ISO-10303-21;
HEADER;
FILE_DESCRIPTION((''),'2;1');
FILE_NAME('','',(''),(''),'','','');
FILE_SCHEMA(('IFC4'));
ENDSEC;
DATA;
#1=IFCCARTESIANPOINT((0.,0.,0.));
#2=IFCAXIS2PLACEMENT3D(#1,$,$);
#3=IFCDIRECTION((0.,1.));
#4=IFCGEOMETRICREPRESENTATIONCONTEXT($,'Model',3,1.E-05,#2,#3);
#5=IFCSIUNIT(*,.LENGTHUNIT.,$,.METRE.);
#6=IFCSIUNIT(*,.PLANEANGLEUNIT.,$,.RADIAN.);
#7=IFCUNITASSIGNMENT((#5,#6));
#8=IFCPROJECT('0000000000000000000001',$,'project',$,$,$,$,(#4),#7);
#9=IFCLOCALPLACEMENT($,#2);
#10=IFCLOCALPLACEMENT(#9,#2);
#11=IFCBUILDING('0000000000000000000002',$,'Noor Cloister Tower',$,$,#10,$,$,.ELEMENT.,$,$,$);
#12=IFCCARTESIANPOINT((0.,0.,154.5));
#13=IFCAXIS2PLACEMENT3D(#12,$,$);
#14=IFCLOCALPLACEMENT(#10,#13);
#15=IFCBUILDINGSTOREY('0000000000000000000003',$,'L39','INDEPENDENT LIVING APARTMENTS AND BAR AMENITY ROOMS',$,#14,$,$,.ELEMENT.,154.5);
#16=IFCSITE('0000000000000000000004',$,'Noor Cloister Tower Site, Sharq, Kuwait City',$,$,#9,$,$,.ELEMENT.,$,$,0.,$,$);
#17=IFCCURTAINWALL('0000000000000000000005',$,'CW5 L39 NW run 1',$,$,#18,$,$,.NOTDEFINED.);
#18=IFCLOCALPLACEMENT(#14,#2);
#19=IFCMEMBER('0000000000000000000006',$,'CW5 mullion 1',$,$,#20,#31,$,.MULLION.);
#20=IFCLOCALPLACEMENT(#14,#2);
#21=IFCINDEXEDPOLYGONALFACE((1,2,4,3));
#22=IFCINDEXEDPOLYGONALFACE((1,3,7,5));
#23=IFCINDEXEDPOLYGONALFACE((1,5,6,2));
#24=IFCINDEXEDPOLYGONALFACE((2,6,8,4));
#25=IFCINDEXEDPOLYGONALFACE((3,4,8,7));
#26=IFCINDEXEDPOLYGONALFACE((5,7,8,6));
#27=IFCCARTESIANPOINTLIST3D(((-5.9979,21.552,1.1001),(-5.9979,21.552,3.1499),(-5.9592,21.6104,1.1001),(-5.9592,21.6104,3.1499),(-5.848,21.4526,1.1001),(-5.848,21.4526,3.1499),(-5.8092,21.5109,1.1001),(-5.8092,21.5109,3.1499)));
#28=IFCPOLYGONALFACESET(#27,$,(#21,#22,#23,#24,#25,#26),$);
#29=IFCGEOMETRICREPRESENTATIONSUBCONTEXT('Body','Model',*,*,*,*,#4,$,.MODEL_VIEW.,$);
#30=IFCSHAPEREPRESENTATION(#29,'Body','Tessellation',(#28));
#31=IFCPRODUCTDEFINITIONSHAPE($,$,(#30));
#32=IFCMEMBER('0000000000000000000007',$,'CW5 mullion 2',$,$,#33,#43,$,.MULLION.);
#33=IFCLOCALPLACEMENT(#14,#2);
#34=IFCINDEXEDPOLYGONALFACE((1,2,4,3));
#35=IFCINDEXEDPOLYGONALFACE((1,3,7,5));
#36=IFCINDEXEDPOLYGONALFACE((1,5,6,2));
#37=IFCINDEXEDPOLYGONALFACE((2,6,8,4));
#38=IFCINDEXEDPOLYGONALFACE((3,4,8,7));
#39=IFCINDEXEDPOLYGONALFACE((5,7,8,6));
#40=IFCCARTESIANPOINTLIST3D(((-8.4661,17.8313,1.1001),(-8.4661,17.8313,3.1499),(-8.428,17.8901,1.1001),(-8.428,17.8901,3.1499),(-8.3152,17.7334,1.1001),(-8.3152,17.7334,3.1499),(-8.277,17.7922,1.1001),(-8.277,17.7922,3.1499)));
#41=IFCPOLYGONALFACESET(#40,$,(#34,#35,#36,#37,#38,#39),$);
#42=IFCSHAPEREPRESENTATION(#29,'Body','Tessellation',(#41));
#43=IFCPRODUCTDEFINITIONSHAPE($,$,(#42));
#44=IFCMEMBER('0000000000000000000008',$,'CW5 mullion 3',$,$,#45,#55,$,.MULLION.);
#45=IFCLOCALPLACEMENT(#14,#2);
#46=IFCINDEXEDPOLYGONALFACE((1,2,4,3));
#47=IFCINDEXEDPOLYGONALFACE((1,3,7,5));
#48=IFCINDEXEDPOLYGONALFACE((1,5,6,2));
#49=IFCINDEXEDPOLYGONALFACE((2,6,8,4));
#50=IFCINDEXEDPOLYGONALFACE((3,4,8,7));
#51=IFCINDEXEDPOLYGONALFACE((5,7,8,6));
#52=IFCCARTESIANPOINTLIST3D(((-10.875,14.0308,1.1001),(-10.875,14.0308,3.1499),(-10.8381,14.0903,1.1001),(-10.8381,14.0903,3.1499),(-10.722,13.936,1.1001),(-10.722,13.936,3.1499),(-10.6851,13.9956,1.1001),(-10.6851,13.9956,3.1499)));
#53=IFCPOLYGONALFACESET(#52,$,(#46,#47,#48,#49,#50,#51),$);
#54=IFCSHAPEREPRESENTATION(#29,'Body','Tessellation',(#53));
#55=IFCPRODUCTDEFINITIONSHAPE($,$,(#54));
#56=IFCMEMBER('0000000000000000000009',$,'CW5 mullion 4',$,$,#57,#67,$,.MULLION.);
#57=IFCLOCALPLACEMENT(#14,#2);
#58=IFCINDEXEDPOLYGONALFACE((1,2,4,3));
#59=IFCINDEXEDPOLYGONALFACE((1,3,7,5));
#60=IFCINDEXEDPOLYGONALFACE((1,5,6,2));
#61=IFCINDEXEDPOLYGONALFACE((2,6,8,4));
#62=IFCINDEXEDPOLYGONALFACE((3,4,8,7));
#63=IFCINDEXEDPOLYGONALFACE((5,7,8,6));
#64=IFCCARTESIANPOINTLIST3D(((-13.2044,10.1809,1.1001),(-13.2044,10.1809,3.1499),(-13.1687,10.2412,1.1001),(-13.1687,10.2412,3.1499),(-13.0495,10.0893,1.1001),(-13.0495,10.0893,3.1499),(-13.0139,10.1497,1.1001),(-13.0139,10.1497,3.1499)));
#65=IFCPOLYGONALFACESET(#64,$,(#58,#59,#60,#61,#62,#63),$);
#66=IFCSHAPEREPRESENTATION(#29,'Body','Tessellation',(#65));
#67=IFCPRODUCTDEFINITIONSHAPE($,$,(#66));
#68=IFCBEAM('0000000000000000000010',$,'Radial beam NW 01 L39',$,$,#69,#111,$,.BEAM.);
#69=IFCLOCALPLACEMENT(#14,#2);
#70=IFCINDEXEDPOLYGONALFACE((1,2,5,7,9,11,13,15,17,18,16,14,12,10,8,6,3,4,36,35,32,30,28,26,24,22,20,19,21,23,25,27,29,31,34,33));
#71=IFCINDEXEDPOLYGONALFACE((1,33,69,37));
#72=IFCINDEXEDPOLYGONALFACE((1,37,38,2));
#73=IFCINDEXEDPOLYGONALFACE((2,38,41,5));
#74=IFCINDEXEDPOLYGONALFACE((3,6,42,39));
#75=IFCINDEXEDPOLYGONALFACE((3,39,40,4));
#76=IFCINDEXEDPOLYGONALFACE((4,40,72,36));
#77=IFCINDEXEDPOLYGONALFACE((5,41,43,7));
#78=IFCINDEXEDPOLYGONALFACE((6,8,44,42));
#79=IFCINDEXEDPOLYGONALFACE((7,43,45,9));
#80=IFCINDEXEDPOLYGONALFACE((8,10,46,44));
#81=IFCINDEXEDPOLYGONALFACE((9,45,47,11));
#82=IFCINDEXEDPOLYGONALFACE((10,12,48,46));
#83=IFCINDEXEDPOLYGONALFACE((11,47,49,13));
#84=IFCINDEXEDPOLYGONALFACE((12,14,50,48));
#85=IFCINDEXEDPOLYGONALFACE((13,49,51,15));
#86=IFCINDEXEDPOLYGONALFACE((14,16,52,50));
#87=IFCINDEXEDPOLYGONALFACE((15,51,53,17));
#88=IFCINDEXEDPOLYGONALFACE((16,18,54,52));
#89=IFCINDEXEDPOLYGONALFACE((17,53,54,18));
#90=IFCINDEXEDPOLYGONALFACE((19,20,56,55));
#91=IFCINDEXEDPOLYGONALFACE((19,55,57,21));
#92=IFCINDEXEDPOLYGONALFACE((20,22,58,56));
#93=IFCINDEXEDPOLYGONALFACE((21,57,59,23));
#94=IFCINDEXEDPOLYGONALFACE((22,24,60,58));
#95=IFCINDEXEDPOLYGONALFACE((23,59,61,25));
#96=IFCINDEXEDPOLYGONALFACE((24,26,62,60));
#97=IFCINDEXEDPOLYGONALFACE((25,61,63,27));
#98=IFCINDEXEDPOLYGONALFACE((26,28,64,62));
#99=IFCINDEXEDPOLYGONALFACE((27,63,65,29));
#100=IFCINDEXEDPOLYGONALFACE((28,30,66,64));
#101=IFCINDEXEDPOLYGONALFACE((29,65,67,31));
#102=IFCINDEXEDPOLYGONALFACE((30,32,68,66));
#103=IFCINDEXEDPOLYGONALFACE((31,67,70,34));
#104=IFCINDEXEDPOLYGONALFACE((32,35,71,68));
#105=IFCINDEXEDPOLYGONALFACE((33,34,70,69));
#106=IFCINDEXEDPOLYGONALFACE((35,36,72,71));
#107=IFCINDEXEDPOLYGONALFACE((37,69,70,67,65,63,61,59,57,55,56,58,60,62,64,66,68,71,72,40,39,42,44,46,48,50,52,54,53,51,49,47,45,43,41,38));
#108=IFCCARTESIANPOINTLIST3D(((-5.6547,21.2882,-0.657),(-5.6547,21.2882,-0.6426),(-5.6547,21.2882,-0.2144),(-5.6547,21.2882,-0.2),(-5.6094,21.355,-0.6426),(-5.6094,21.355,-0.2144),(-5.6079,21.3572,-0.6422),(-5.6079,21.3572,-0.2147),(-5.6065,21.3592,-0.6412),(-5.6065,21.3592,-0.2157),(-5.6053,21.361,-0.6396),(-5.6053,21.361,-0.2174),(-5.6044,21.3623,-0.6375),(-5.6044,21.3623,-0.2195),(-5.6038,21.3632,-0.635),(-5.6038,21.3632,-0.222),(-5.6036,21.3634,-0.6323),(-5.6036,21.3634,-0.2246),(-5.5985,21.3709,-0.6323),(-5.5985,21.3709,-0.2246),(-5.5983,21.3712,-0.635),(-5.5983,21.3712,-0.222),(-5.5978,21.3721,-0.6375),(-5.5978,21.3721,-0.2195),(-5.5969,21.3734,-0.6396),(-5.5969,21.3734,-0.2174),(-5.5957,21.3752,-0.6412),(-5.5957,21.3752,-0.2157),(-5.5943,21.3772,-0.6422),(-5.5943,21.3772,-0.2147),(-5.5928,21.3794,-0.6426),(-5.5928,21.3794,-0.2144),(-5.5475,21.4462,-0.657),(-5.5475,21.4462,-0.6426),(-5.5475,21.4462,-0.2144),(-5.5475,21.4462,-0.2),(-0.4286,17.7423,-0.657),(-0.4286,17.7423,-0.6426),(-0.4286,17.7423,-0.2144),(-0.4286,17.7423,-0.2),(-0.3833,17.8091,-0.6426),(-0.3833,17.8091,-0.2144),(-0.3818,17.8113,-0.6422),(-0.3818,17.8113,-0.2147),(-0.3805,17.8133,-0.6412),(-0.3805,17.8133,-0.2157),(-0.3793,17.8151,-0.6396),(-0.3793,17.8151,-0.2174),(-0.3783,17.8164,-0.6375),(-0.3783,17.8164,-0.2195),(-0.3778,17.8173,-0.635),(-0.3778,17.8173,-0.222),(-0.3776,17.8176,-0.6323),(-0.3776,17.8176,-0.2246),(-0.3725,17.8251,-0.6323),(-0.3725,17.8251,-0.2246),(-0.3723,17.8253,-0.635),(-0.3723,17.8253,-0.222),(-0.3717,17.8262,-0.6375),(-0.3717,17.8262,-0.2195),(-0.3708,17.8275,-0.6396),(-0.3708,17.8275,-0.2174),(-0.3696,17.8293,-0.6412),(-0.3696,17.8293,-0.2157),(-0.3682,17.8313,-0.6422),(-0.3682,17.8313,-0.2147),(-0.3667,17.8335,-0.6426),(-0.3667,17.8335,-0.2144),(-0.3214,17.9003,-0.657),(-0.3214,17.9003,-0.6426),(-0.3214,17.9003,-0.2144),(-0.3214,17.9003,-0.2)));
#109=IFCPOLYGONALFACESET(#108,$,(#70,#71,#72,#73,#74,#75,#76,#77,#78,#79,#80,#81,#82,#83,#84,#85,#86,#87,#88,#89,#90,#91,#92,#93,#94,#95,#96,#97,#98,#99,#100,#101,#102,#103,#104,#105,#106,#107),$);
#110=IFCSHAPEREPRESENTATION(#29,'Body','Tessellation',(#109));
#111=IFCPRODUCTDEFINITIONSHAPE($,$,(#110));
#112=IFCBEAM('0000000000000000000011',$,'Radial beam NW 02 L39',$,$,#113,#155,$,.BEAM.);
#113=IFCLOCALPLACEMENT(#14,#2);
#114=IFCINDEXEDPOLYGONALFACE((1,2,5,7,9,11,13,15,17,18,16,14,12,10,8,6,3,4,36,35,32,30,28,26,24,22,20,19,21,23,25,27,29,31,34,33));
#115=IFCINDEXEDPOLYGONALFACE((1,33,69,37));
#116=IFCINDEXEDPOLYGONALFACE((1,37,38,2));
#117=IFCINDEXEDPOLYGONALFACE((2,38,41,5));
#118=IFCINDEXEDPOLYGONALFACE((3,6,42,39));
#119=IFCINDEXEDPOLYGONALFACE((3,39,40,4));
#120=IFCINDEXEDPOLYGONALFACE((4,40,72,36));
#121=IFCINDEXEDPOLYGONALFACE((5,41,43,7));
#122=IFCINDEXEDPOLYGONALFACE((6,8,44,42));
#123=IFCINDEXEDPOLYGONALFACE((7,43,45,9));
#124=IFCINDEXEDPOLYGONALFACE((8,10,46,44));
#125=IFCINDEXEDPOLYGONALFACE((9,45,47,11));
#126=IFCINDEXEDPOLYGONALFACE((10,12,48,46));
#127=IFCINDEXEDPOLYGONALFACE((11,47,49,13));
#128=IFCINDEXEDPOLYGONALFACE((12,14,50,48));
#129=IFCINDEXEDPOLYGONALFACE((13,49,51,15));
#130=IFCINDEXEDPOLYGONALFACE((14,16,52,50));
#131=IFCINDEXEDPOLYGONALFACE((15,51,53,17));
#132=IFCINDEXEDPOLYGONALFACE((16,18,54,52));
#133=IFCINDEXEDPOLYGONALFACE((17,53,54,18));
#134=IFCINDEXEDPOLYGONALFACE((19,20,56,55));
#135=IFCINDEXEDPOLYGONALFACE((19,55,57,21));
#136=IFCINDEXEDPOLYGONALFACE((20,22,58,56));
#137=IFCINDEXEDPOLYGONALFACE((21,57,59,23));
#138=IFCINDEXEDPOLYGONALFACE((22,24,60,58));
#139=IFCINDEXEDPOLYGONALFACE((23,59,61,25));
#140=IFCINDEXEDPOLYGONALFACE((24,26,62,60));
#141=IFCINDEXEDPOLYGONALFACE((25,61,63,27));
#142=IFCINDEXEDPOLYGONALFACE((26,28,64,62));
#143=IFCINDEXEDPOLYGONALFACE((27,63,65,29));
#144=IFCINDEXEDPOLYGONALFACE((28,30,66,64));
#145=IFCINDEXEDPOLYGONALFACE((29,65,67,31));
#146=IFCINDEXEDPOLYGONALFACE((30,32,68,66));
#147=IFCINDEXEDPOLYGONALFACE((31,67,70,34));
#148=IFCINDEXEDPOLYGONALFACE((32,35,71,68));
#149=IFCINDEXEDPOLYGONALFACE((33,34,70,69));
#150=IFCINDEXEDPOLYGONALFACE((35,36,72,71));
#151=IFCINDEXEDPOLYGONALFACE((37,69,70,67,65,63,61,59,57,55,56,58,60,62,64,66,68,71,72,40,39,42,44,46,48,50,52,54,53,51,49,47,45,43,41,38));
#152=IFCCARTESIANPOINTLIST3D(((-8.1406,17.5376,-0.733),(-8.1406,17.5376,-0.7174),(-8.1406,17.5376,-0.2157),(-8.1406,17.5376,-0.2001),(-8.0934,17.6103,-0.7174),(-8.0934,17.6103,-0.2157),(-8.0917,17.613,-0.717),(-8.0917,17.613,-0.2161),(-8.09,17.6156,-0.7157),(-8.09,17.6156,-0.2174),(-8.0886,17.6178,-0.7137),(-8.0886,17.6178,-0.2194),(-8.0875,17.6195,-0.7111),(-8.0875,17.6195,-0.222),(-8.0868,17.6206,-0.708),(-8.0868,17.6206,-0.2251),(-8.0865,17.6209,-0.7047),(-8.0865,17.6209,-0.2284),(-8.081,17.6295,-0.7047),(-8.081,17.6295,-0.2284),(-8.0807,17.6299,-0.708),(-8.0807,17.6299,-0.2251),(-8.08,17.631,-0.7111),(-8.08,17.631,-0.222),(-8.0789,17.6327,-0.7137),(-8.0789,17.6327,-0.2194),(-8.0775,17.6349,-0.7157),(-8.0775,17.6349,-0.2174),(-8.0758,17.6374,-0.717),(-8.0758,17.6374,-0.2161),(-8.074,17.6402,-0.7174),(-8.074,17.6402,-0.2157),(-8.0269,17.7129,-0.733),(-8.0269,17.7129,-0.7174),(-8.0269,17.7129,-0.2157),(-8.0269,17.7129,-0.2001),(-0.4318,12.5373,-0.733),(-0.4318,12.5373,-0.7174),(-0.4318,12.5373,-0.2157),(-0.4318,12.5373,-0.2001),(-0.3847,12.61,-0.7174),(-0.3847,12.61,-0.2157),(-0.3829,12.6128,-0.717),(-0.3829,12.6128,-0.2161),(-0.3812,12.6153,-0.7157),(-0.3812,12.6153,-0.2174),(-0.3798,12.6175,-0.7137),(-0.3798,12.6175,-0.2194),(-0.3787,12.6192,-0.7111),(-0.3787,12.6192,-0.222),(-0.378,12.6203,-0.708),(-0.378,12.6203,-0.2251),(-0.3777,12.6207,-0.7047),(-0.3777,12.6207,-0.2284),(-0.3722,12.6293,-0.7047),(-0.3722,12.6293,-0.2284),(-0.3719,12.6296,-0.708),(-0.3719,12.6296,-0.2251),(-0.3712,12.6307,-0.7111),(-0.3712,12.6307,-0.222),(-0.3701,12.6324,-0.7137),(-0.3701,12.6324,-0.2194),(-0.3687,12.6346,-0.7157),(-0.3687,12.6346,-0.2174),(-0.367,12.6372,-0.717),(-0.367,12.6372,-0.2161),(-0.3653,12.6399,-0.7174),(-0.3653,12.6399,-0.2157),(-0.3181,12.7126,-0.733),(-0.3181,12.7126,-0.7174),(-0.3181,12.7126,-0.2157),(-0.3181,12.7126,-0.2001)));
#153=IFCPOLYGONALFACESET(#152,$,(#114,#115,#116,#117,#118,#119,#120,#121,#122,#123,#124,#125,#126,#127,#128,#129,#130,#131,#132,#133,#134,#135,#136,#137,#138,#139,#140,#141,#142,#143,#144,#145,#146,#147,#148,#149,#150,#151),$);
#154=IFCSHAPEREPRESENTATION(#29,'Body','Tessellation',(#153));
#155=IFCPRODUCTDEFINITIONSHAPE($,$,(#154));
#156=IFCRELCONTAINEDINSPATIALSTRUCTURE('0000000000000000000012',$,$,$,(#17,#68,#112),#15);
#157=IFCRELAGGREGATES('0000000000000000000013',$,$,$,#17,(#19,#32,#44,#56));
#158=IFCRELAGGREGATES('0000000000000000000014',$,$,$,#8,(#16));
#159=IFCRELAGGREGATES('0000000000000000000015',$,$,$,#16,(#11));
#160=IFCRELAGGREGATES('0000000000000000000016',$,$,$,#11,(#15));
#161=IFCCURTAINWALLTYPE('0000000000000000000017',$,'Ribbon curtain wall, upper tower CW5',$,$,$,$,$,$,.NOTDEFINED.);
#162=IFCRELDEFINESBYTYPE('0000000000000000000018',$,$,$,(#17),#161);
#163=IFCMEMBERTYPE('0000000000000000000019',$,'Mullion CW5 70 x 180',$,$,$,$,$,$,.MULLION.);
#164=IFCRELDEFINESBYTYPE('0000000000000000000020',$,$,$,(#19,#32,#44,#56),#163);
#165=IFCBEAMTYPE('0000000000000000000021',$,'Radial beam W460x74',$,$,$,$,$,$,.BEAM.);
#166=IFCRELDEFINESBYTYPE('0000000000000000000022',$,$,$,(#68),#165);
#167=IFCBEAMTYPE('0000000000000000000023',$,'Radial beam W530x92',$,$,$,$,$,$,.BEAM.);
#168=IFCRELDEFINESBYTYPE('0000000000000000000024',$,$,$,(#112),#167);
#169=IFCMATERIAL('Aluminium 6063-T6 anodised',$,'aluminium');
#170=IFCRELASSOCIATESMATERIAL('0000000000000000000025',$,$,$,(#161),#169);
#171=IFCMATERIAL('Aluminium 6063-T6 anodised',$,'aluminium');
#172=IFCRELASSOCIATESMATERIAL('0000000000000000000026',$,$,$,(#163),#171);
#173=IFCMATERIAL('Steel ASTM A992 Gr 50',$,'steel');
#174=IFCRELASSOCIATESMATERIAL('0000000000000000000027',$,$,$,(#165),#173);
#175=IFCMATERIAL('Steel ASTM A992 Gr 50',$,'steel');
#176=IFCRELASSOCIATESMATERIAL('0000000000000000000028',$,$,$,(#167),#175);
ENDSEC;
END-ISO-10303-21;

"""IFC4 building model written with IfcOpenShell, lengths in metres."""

from ifc_helpers import new_model, si_unit, direction, frame, origin, origin_2d, place, context, subcontext, project, spatial, rectangle, i_section, extrude, material, material_profile, profile_set, type_object, element, aggregate, save


model = new_model("IFC4")

# Units and contexts
model_context = context("Model", 3, precision=1e-05, world=origin(), true_north=direction((0.0, 1.0)))
body_context = subcontext(model_context, "Body", "Model", "MODEL_VIEW")
ifc_project = project(units=[si_unit("LENGTHUNIT", "METRE"), si_unit("PLANEANGLEUNIT", "RADIAN")], contexts=[model_context])

# Site, building, storey
site_placement = place(None, origin())
site = spatial("IfcSite", under=ifc_project, at=site_placement, Name="Noor Cloister Tower Site, Sharq, Kuwait City", CompositionType="ELEMENT", RefElevation=0.0)
building_placement = place(site_placement, origin())
building = spatial("IfcBuilding", under=site, at=building_placement, Name="Noor Cloister Tower", CompositionType="ELEMENT")
storey_placement = place(building_placement, frame((0.0, 0.0, 154.5)))
storey = spatial("IfcBuildingStorey", under=building, at=storey_placement, Name="L39", Description="INDEPENDENT LIVING APARTMENTS AND BAR AMENITY ROOMS", CompositionType="ELEMENT", Elevation=154.5)

# Curtain wall, members
ifc_material_1 = material(Name="Aluminium 6063-T6 anodised", Category="aluminium")
curtain_wall_type = type_object("IfcCurtainWallType", Name="Ribbon curtain wall, upper tower CW5", PredefinedType="NOTDEFINED", material=ifc_material_1)
curtain_wall_placement = place(storey_placement, origin())
curtain_wall = element("IfcCurtainWall", 1, at=curtain_wall_placement, inside=storey, type_object=curtain_wall_type, Name="CW5 L39 NW run 1", PredefinedType="NOTDEFINED")
ifc_material_2 = material(Name="Aluminium 6063-T6 anodised", Category="aluminium")
ifc_material_profile_1 = material_profile(ifc_material_2, rectangle(XDim=0.1799, YDim=0.0701, at=origin_2d()), Name="180 x 70 mullion")
ifc_profile_set_1 = profile_set([ifc_material_profile_1], Name="Aluminium 6063-T6 anodised")
member_type = type_object("IfcMemberType", Name="Mullion CW5 70 x 180", PredefinedType="MULLION", material=ifc_profile_set_1)
member_1_placement = place(storey_placement, frame((-5.9036, 21.5315, 1.1001), z_axis=(0.0, 0.0, 1.0), x_axis=(0.833278, -0.552854, 0.0)))
member_1 = element("IfcMember", 2, at=member_1_placement, type_object=member_type, Name="CW5 mullion 1", PredefinedType="MULLION", context=body_context, shape_type="SweptSolid", body=[
    extrude(rectangle(XDim=0.1799, YDim=0.0701, at=origin_2d()), origin(), (0.0, 0.0, 1.0), 2.0498),
])
member_2_placement = place(storey_placement, frame((-8.3716, 17.8118, 1.1001), z_axis=(0.0, 0.0, 1.0), x_axis=(0.838964, -0.544188, 0.0)))
member_2 = element("IfcMember", 3, at=member_2_placement, type_object=member_type, Name="CW5 mullion 2", PredefinedType="MULLION", context=body_context, shape_type="SweptSolid", body=[
    extrude(rectangle(XDim=0.1799, YDim=0.0701, at=origin_2d()), origin(), (0.0, 0.0, 1.0), 2.0498),
])
member_3_placement = place(storey_placement, frame((-10.78, 14.0132, 1.1001), z_axis=(0.0, 0.0, 1.0), x_axis=(0.850063, -0.526681, 0.0)))
member_3 = element("IfcMember", 4, at=member_3_placement, type_object=member_type, Name="CW5 mullion 3", PredefinedType="MULLION", context=body_context, shape_type="SweptSolid", body=[
    extrude(rectangle(XDim=0.1799, YDim=0.0701, at=origin_2d()), origin(), (0.0, 0.0, 1.0), 2.0498),
])
member_4_placement = place(storey_placement, frame((-13.1091, 10.1653, 1.1001), z_axis=(0.0, 0.0, 1.0), x_axis=(0.860797, -0.508949, 0.0)))
member_4 = element("IfcMember", 5, at=member_4_placement, type_object=member_type, Name="CW5 mullion 4", PredefinedType="MULLION", context=body_context, shape_type="SweptSolid", body=[
    extrude(rectangle(XDim=0.1799, YDim=0.0701, at=origin_2d()), origin(), (0.0, 0.0, 1.0), 2.0498),
])

# Beams
ifc_material_3 = material(Name="Steel ASTM A992 Gr 50", Category="steel")
ifc_material_profile_2 = material_profile(ifc_material_3, i_section(OverallWidth=0.1909, OverallDepth=0.457, WebThickness=0.009, FlangeThickness=0.0144, FilletRadius=0.0103, at=origin_2d()), Name="W460x74")
ifc_profile_set_2 = profile_set([ifc_material_profile_2], Name="Steel ASTM A992 Gr 50")
beam_type_1 = type_object("IfcBeamType", Name="Radial beam W460x74", PredefinedType="BEAM", material=ifc_profile_set_2)
beam_1_placement = place(storey_placement, frame((-5.6011, 21.3672, -0.4285), z_axis=(0.827503, -0.561462, 0.0), x_axis=(0.561462, 0.827503, 0.0)))
element("IfcBeam", 6, at=beam_1_placement, inside=storey, type_object=beam_type_1, Name="Radial beam NW 01 L39", PredefinedType="BEAM", context=body_context, shape_type="SweptSolid", body=[
    extrude(i_section(OverallWidth=0.1909, OverallDepth=0.457, WebThickness=0.009, FlangeThickness=0.0144, FilletRadius=0.0103, at=origin_2d()), origin(), (0.0, 0.0, 1.0), 6.3154),
])
ifc_material_4 = material(Name="Steel ASTM A992 Gr 50", Category="steel")
ifc_material_profile_3 = material_profile(ifc_material_4, i_section(OverallWidth=0.209, OverallDepth=0.533, WebThickness=0.0103, FlangeThickness=0.0156, FilletRadius=0.0127, at=origin_2d()), Name="W530x92")
ifc_profile_set_3 = profile_set([ifc_material_profile_3], Name="Steel ASTM A992 Gr 50")
beam_type_2 = type_object("IfcBeamType", Name="Radial beam W530x92", PredefinedType="BEAM", material=ifc_profile_set_3)
beam_2_placement = place(storey_placement, frame((-8.0837, 17.6252, -0.4666), z_axis=(0.838962, -0.54419, 0.0), x_axis=(0.54419, 0.838962, 0.0)))
element("IfcBeam", 7, at=beam_2_placement, inside=storey, type_object=beam_type_2, Name="Radial beam NW 02 L39", PredefinedType="BEAM", context=body_context, shape_type="SweptSolid", body=[
    extrude(i_section(OverallWidth=0.209, OverallDepth=0.533, WebThickness=0.0103, FlangeThickness=0.0156, FilletRadius=0.0127, at=origin_2d()), origin(), (0.0, 0.0, 1.0), 9.1885),
])

aggregate(curtain_wall, [member_1, member_2, member_3, member_4])

save(model, "model.ifc")
